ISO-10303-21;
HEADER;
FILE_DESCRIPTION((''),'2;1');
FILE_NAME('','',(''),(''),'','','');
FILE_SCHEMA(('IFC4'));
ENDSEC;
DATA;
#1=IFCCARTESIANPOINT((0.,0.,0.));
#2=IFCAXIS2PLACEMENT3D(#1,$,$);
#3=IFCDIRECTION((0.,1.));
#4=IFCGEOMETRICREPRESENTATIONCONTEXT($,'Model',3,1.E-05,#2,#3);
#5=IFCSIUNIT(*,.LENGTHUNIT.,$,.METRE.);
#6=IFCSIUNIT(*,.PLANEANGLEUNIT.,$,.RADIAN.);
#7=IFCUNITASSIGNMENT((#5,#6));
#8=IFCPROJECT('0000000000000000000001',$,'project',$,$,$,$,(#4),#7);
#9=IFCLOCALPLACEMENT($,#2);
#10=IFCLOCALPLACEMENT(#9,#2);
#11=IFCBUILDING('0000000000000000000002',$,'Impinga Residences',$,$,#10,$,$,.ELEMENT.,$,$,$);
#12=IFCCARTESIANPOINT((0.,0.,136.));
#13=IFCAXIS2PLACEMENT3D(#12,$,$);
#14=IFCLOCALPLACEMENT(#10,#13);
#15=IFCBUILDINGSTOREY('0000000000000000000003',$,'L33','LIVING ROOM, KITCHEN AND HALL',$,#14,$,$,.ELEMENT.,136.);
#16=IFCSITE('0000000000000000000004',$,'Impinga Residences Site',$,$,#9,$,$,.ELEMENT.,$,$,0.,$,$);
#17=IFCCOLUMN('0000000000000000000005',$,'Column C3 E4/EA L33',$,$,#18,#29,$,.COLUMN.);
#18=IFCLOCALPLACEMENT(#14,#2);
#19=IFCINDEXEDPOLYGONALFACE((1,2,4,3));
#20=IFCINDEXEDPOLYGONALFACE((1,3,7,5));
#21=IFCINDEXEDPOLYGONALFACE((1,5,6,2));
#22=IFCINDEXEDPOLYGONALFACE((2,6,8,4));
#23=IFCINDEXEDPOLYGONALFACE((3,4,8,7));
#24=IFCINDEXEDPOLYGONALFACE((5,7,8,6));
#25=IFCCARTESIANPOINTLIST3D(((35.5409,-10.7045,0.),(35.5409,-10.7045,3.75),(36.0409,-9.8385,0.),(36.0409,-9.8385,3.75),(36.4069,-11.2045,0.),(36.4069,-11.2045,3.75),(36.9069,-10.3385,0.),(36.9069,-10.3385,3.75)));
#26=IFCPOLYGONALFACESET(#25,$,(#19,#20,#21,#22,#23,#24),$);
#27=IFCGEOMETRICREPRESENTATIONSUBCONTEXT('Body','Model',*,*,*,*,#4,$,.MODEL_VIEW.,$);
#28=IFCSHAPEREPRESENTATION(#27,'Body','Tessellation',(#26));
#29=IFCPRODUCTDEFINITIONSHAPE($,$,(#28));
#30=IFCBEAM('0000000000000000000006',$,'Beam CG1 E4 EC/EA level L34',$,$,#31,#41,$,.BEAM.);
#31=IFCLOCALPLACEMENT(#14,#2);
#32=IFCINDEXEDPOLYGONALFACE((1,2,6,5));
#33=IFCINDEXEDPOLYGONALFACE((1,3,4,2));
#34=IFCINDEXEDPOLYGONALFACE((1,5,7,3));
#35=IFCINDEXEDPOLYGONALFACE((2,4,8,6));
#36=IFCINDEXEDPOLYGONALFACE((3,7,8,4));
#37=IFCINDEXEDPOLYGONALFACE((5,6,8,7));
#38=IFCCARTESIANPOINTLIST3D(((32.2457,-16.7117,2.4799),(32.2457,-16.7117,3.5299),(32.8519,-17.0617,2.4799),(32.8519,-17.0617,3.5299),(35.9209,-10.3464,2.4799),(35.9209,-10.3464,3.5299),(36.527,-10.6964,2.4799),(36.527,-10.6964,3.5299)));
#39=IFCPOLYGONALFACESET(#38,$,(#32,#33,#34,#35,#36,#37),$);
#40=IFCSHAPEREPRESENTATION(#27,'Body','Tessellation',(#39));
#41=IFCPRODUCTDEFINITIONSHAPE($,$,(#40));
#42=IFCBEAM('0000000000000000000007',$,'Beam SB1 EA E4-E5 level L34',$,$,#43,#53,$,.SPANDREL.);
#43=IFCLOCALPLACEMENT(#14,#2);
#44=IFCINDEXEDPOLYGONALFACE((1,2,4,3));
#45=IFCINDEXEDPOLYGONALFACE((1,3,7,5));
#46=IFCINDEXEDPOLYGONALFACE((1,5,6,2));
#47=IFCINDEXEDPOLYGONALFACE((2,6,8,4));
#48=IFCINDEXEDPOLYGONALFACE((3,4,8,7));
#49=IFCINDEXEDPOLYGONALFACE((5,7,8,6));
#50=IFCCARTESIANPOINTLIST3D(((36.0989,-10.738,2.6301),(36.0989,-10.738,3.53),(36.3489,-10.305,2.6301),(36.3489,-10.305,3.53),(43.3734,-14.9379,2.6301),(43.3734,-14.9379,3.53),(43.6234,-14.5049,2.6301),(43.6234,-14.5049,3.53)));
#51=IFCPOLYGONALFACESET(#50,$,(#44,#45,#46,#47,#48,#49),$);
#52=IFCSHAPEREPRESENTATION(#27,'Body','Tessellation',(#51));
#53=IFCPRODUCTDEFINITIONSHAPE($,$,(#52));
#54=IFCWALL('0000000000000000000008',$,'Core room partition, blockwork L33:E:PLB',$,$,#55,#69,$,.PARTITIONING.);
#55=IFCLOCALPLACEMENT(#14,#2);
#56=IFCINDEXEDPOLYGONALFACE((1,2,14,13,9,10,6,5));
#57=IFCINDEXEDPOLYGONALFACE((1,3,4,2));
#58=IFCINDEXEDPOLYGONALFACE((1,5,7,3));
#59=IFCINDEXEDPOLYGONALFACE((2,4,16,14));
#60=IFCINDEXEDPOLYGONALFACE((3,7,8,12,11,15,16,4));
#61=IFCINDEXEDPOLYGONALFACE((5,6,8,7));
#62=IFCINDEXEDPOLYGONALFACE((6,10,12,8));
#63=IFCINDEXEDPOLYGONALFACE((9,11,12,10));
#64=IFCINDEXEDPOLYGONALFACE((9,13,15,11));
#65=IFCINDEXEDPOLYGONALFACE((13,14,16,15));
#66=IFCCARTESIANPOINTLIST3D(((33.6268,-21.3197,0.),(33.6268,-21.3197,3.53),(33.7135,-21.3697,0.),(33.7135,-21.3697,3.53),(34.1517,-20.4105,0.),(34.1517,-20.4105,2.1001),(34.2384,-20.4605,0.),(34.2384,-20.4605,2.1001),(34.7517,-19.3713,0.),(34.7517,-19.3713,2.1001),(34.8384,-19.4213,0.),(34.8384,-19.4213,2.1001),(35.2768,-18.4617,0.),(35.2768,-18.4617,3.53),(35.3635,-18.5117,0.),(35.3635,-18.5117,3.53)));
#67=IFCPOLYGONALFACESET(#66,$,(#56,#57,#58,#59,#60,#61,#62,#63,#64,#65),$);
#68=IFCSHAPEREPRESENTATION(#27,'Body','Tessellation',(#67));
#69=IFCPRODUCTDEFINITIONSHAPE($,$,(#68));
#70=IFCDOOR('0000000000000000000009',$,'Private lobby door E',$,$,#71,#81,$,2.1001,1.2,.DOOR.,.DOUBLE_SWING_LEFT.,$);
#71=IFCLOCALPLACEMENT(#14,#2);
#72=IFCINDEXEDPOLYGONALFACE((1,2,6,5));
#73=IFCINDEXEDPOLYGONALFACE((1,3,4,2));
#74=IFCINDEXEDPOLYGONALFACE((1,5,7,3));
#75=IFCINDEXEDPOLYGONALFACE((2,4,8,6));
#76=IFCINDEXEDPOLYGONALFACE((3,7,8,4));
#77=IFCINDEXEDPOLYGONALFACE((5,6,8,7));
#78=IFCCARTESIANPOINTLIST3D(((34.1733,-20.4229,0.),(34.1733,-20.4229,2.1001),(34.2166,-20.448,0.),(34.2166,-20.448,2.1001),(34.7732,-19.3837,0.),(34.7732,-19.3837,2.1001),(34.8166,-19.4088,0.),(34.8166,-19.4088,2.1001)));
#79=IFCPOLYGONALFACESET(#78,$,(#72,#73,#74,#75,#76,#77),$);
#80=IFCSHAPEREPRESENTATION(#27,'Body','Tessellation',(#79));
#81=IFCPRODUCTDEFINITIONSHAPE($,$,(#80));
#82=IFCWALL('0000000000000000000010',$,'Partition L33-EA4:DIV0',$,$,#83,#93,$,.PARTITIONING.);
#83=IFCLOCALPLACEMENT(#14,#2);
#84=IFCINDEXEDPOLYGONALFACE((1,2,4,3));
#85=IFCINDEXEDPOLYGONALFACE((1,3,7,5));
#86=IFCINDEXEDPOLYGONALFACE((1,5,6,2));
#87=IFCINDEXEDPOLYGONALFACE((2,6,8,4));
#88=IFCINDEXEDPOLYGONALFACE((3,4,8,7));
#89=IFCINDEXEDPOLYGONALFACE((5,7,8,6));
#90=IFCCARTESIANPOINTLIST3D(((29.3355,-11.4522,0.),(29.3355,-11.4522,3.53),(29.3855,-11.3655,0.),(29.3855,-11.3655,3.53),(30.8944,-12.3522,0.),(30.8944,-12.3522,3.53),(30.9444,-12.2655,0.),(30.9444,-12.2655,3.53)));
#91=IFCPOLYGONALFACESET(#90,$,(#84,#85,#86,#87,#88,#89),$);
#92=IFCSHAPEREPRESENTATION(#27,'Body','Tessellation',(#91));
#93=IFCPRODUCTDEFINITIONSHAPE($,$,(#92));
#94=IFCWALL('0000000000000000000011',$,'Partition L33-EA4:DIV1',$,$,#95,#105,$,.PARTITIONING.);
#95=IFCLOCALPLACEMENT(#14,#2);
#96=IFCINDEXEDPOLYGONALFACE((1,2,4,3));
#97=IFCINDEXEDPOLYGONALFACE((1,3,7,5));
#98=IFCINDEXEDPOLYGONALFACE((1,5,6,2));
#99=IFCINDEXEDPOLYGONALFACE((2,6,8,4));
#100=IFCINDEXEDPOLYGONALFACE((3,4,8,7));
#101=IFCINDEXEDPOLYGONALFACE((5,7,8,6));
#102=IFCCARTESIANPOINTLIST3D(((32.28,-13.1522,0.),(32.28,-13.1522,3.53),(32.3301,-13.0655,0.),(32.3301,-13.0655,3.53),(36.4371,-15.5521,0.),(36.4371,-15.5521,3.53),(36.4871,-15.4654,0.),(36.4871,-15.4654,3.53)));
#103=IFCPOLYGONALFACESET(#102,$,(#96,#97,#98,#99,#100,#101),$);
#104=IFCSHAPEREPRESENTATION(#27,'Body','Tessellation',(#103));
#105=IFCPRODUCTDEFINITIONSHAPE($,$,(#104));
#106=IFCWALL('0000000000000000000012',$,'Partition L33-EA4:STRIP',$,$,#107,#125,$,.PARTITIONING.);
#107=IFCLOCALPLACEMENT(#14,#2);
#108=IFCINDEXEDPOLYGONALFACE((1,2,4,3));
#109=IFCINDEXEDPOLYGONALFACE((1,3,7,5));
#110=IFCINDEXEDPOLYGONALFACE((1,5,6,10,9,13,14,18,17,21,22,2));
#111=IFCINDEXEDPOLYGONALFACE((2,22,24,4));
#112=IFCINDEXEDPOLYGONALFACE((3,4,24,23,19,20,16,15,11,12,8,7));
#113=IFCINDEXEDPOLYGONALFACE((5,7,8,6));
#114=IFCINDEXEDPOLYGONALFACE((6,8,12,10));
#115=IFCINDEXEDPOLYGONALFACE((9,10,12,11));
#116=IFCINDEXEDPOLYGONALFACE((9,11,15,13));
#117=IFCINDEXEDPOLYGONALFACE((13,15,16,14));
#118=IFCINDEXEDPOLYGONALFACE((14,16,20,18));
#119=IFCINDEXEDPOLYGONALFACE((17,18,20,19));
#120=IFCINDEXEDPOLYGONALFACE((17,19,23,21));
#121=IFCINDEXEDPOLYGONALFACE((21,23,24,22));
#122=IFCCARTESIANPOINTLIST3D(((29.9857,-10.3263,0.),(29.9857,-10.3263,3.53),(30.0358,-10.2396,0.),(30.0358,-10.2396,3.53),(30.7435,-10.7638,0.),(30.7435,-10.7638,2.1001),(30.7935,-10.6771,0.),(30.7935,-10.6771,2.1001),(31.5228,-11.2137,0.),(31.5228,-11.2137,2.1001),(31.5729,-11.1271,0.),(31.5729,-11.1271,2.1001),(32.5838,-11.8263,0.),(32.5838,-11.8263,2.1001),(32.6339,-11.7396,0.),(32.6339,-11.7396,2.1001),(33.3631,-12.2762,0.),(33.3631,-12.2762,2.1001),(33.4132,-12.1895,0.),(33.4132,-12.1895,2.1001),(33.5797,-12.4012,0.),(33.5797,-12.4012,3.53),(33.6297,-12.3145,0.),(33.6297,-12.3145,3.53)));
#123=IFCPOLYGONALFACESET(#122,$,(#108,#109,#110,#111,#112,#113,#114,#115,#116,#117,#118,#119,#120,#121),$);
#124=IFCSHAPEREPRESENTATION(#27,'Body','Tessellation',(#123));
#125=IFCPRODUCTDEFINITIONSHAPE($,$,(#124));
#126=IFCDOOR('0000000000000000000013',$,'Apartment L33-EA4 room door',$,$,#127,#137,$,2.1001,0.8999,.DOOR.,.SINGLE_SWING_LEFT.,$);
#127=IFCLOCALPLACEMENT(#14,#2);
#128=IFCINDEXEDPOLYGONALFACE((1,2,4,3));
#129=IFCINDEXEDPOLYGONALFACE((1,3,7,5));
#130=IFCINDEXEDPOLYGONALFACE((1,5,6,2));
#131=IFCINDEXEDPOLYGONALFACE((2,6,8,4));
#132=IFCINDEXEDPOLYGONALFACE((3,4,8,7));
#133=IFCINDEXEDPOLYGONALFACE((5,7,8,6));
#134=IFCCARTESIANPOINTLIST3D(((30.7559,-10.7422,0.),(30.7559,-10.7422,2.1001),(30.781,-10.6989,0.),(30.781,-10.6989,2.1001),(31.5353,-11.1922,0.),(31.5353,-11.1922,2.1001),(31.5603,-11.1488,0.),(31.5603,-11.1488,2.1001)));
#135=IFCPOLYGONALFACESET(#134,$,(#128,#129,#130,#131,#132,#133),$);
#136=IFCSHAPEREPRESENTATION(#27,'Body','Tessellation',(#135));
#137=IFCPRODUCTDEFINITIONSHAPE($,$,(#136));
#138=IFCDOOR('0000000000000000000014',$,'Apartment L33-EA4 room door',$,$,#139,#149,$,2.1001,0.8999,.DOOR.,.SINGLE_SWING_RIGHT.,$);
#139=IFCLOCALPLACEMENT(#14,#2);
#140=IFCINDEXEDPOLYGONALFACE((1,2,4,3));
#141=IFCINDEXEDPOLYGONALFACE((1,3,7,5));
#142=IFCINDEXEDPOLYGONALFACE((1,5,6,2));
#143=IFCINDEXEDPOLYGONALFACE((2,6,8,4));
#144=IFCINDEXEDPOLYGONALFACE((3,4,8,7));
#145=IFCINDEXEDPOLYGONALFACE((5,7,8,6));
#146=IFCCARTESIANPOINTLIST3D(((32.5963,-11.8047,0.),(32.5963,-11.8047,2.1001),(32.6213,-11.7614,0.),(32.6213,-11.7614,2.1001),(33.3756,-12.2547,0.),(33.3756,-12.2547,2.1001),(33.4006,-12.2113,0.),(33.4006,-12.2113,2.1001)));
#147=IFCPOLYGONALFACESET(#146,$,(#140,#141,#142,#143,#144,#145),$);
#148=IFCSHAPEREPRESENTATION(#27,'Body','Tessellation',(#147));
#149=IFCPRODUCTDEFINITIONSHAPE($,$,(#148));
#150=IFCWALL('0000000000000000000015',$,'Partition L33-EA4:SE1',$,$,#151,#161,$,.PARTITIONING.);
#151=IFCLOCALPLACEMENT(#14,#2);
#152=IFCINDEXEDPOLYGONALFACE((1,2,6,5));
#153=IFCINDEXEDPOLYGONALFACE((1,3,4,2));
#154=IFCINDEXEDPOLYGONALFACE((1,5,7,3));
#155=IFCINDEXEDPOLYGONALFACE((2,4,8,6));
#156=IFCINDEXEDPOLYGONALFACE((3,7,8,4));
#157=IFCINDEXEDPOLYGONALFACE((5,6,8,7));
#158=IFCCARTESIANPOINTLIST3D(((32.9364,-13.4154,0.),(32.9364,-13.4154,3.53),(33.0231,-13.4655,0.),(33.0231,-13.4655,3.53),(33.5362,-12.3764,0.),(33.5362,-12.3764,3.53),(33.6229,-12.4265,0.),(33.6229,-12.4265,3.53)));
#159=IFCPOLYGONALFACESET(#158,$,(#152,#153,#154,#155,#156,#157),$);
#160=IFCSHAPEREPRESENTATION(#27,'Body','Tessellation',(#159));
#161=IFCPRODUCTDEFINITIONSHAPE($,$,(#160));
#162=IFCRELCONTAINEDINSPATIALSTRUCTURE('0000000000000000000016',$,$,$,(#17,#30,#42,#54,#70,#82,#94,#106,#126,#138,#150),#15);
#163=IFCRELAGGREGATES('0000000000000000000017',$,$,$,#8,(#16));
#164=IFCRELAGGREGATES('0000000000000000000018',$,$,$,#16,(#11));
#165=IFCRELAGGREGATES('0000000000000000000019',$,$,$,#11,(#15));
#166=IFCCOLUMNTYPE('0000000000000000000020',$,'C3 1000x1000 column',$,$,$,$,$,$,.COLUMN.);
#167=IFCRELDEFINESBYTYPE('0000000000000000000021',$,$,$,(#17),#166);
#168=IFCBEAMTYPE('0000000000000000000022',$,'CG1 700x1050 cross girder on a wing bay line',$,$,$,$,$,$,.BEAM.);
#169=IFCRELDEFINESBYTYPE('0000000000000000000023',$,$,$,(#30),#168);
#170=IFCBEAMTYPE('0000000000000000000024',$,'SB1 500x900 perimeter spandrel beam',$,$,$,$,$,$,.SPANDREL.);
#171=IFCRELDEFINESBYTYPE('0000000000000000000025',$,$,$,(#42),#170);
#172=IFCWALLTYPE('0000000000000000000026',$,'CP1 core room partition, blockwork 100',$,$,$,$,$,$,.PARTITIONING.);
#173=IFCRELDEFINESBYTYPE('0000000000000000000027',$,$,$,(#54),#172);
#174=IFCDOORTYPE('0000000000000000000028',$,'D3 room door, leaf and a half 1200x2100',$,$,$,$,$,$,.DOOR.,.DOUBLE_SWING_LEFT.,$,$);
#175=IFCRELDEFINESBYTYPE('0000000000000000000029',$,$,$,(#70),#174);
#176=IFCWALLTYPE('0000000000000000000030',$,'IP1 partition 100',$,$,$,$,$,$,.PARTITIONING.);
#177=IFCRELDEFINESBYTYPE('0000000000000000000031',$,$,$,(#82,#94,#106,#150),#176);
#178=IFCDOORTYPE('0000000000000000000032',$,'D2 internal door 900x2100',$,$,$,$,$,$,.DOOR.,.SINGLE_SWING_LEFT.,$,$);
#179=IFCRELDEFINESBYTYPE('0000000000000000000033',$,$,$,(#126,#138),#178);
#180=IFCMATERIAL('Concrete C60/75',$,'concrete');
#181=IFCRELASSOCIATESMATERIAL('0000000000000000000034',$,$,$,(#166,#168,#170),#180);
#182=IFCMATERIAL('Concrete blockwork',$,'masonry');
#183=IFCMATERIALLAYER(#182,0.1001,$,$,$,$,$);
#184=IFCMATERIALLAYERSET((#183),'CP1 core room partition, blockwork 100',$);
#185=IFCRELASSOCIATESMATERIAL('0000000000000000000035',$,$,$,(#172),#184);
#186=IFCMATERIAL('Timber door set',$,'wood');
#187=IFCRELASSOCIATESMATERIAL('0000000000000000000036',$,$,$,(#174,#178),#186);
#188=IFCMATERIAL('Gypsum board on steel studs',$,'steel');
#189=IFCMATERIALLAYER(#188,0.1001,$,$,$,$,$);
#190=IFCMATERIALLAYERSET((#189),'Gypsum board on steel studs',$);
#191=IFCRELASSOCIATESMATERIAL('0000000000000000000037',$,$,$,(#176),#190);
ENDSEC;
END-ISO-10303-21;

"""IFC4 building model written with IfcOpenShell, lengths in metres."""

from ifc_helpers import new_model, si_unit, direction, frame, frame_2d, origin, origin_2d, place, context, subcontext, project, spatial, rectangle, extrude, material, layer, layer_set, material_profile, profile_set, type_object, element, fill, save


model = new_model("IFC4")

# Units and contexts
model_context = context("Model", 3, precision=1e-05, world=origin(), true_north=direction((0.0, 1.0)))
body_context = subcontext(model_context, "Body", "Model", "MODEL_VIEW")
ifc_project = project(units=[si_unit("LENGTHUNIT", "METRE"), si_unit("PLANEANGLEUNIT", "RADIAN")], contexts=[model_context])

# Site, building, storey
site_placement = place(None, origin())
site = spatial("IfcSite", under=ifc_project, at=site_placement, Name="Impinga Residences Site", CompositionType="ELEMENT", RefElevation=0.0)
building_placement = place(site_placement, origin())
building = spatial("IfcBuilding", under=site, at=building_placement, Name="Impinga Residences", CompositionType="ELEMENT")
storey_placement = place(building_placement, frame((0.0, 0.0, 136.0)))
storey = spatial("IfcBuildingStorey", under=building, at=storey_placement, Name="L33", Description="LIVING ROOM, KITCHEN AND HALL", CompositionType="ELEMENT", Elevation=136.0)

# Column
ifc_material_1 = material(Name="Concrete C60/75", Category="concrete")
ifc_material_profile_1 = material_profile(ifc_material_1, rectangle(XDim=1.0, YDim=1.0, at=origin_2d()), Name="RC 1000x1000")
ifc_profile_set_1 = profile_set([ifc_material_profile_1], Name="Concrete C60/75")
column_type = type_object("IfcColumnType", Name="C3 1000x1000 column", PredefinedType="COLUMN", material=ifc_profile_set_1)
column_placement = place(storey_placement, frame((36.2239, -10.5215, 0.0), z_axis=(0.0, 0.0, 1.0), x_axis=(-0.5, -0.866025, 0.0)))
element("IfcColumn", 1, at=column_placement, inside=storey, type_object=column_type, Name="Column C3 E4/EA L33", PredefinedType="COLUMN", context=body_context, shape_type="SweptSolid", body=[
    extrude(rectangle(XDim=1.0, YDim=1.0, at=origin_2d()), origin(), (0.0, 0.0, 1.0), 3.75),
])

# Beams
ifc_material_profile_2 = material_profile(ifc_material_1, rectangle(XDim=0.7, YDim=1.05, at=origin_2d()), Name="RC 700x1050")
ifc_profile_set_2 = profile_set([ifc_material_profile_2], Name="Concrete C60/75")
beam_type_1 = type_object("IfcBeamType", Name="CG1 700x1050 cross girder on a wing bay line", PredefinedType="BEAM", material=ifc_profile_set_2)
beam_1_placement = place(storey_placement, frame((32.5488, -16.8867, 3.0049), z_axis=(0.500008, 0.866021, 0.0), x_axis=(-0.866021, 0.500008, 0.0)))
element("IfcBeam", 2, at=beam_1_placement, inside=storey, type_object=beam_type_1, Name="Beam CG1 E4 EC/EA level L34", PredefinedType="BEAM", context=body_context, shape_type="SweptSolid", body=[
    extrude(rectangle(XDim=0.7, YDim=1.05, at=origin_2d()), origin(), (0.0, 0.0, 1.0), 7.3501),
])
ifc_material_profile_3 = material_profile(ifc_material_1, rectangle(XDim=0.5, YDim=0.8999, at=origin_2d()), Name="RC 500x900")
ifc_profile_set_3 = profile_set([ifc_material_profile_3], Name="Concrete C60/75")
beam_type_2 = type_object("IfcBeamType", Name="SB1 500x900 perimeter spandrel beam", PredefinedType="SPANDREL", material=ifc_profile_set_3)
beam_2_placement = place(storey_placement, frame((36.2239, -10.5215, 3.0801), z_axis=(0.866029, -0.499993, 0.0), x_axis=(0.499993, 0.866029, 0.0)))
element("IfcBeam", 3, at=beam_2_placement, inside=storey, type_object=beam_type_2, Name="Beam SB1 EA E4-E5 level L34", PredefinedType="SPANDREL", context=body_context, shape_type="SweptSolid", body=[
    extrude(rectangle(XDim=0.5, YDim=0.8999, at=origin_2d()), origin(), (0.0, 0.0, 1.0), 8.3999),
])

# Wall, opening, door
ifc_material_2 = material(Name="Concrete blockwork", Category="masonry")
ifc_layer_1 = layer(ifc_material_2, 0.1001)
ifc_layer_set_1 = layer_set([ifc_layer_1], Name="CP1 core room partition, blockwork 100")
wall_type_1 = type_object("IfcWallType", Name="CP1 core room partition, blockwork 100", PredefinedType="PARTITIONING", material=ifc_layer_set_1)
wall_1_placement = place(storey_placement, frame((35.3201, -18.4868, 0.0), z_axis=(0.0, 0.0, 1.0), x_axis=(-0.499974, -0.86604, 0.0)))
wall_1 = element("IfcWall", 4, at=wall_1_placement, inside=storey, type_object=wall_type_1, Name="Core room partition, blockwork L33:E:PLB", PredefinedType="PARTITIONING", context=body_context, shape_type="SweptSolid", body=[
    extrude(rectangle(XDim=3.3, YDim=0.1001, at=frame_2d((1.6499, 0.0))), origin(), (0.0, 0.0, 1.0), 3.53),
])
opening_1_placement = place(wall_1_placement, frame((1.05, 0.0, 0.0)))
opening_1 = element("IfcOpeningElement", 5, at=opening_1_placement, cuts=wall_1, PredefinedType="OPENING", context=body_context, shape_type="SweptSolid", body=[
    extrude(rectangle(XDim=1.2, YDim=2.1001, at=frame_2d((0.6001, 1.05))), frame((0.0, 0.0601, 0.0), z_axis=(0.0, -1.0, 0.0), x_axis=(1.0, 0.0, 0.0)), (0.0, 0.0, 1.0), 0.1201),
])
ifc_material_3 = material(Name="Timber door set", Category="wood")
door_type_1 = type_object("IfcDoorType", Name="D3 room door, leaf and a half 1200x2100", OperationType="DOUBLE_SWING_LEFT", PredefinedType="DOOR", material=ifc_material_3)
door_1_placement = place(opening_1_placement, origin())
door_1 = element("IfcDoor", 6, at=door_1_placement, inside=storey, type_object=door_type_1, Name="Private lobby door E", OperationType="DOUBLE_SWING_LEFT", OverallHeight=2.1001, OverallWidth=1.2, PredefinedType="DOOR", context=body_context, shape_type="SweptSolid", body=[
    extrude(rectangle(XDim=1.2, YDim=2.1001, at=frame_2d((0.6001, 1.05))), frame((0.0, 0.0249, 0.0), z_axis=(0.0, -1.0, 0.0), x_axis=(1.0, 0.0, 0.0)), (0.0, 0.0, 1.0), 0.05),
])
fill(opening_1, door_1)

# Walls
ifc_material_4 = material(Name="Gypsum board on steel studs", Category="steel")
ifc_layer_2 = layer(ifc_material_4, 0.1001)
ifc_layer_set_2 = layer_set([ifc_layer_2], Name="Gypsum board on steel studs")
wall_type_2 = type_object("IfcWallType", Name="IP1 partition 100", PredefinedType="PARTITIONING", material=ifc_layer_set_2)
wall_2_placement = place(storey_placement, frame((29.3606, -11.4089, 0.0), z_axis=(0.0, 0.0, 1.0), x_axis=(0.866048, -0.499961, 0.0)))
element("IfcWall", 7, at=wall_2_placement, inside=storey, type_object=wall_type_2, Name="Partition L33-EA4:DIV0", PredefinedType="PARTITIONING", context=body_context, shape_type="SweptSolid", body=[
    extrude(rectangle(XDim=1.8, YDim=0.1001, at=frame_2d((0.8999, 0.0))), origin(), (0.0, 0.0, 1.0), 3.53),
])
wall_3_placement = place(storey_placement, frame((32.3052, -13.1089, 0.0), z_axis=(0.0, 0.0, 1.0), x_axis=(0.866037, -0.499979, 0.0)))
element("IfcWall", 8, at=wall_3_placement, inside=storey, type_object=wall_type_2, Name="Partition L33-EA4:DIV1", PredefinedType="PARTITIONING", context=body_context, shape_type="SweptSolid", body=[
    extrude(rectangle(XDim=4.8, YDim=0.1001, at=frame_2d((2.3999, 0.0))), origin(), (0.0, 0.0, 1.0), 3.53),
])

# Wall, openings, doors
wall_4_placement = place(storey_placement, frame((30.0107, -10.283, 0.0), z_axis=(0.0, 0.0, 1.0), x_axis=(0.86603, -0.499992, 0.0)))
wall_4 = element("IfcWall", 9, at=wall_4_placement, inside=storey, type_object=wall_type_2, Name="Partition L33-EA4:STRIP", PredefinedType="PARTITIONING", context=body_context, shape_type="SweptSolid", body=[
    extrude(rectangle(XDim=4.1499, YDim=0.1001, at=frame_2d((2.075, 0.0))), origin(), (0.0, 0.0, 1.0), 3.53),
])
opening_2_placement = place(wall_4_placement, frame((0.875, 0.0, 0.0)))
opening_2 = element("IfcOpeningElement", 10, at=opening_2_placement, cuts=wall_4, PredefinedType="OPENING", context=body_context, shape_type="SweptSolid", body=[
    extrude(rectangle(XDim=0.8999, YDim=2.1001, at=frame_2d((0.45, 1.05))), frame((0.0, 0.0601, 0.0), z_axis=(0.0, -1.0, 0.0), x_axis=(1.0, 0.0, 0.0)), (0.0, 0.0, 1.0), 0.1201),
])
opening_3_placement = place(wall_4_placement, frame((3.0, 0.0, 0.0)))
opening_3 = element("IfcOpeningElement", 11, at=opening_3_placement, cuts=wall_4, PredefinedType="OPENING", context=body_context, shape_type="SweptSolid", body=[
    extrude(rectangle(XDim=0.8999, YDim=2.1001, at=frame_2d((0.45, 1.05))), frame((0.0, 0.0601, 0.0), z_axis=(0.0, -1.0, 0.0), x_axis=(1.0, 0.0, 0.0)), (0.0, 0.0, 1.0), 0.1201),
])
door_type_2 = type_object("IfcDoorType", Name="D2 internal door 900x2100", OperationType="SINGLE_SWING_LEFT", PredefinedType="DOOR", material=ifc_material_3)
door_2_placement = place(opening_2_placement, origin())
door_2 = element("IfcDoor", 12, at=door_2_placement, inside=storey, type_object=door_type_2, Name="Apartment L33-EA4 room door", OperationType="SINGLE_SWING_LEFT", OverallHeight=2.1001, OverallWidth=0.8999, PredefinedType="DOOR", context=body_context, shape_type="SweptSolid", body=[
    extrude(rectangle(XDim=0.8999, YDim=2.1001, at=frame_2d((0.45, 1.05))), frame((0.0, 0.0249, 0.0), z_axis=(0.0, -1.0, 0.0), x_axis=(1.0, 0.0, 0.0)), (0.0, 0.0, 1.0), 0.05),
])
fill(opening_2, door_2)
door_3_placement = place(opening_3_placement, origin())
door_3 = element("IfcDoor", 13, at=door_3_placement, inside=storey, type_object=door_type_2, Name="Apartment L33-EA4 room door", OperationType="SINGLE_SWING_RIGHT", OverallHeight=2.1001, OverallWidth=0.8999, PredefinedType="DOOR", context=body_context, shape_type="SweptSolid", body=[
    extrude(rectangle(XDim=0.8999, YDim=2.1001, at=frame_2d((0.45, 1.05))), frame((0.0, 0.0249, 0.0), z_axis=(0.0, -1.0, 0.0), x_axis=(1.0, 0.0, 0.0)), (0.0, 0.0, 1.0), 0.05),
])
fill(opening_3, door_3)

# Wall
wall_5_placement = place(storey_placement, frame((32.9797, -13.4404, 0.0), z_axis=(0.0, 0.0, 1.0), x_axis=(0.499969, 0.866043, 0.0)))
element("IfcWall", 14, at=wall_5_placement, inside=storey, type_object=wall_type_2, Name="Partition L33-EA4:SE1", PredefinedType="PARTITIONING", context=body_context, shape_type="SweptSolid", body=[
    extrude(rectangle(XDim=1.1997, YDim=0.1001, at=frame_2d((0.5999, 0.0))), origin(), (0.0, 0.0, 1.0), 3.53),
])

save(model, "model.ifc")
